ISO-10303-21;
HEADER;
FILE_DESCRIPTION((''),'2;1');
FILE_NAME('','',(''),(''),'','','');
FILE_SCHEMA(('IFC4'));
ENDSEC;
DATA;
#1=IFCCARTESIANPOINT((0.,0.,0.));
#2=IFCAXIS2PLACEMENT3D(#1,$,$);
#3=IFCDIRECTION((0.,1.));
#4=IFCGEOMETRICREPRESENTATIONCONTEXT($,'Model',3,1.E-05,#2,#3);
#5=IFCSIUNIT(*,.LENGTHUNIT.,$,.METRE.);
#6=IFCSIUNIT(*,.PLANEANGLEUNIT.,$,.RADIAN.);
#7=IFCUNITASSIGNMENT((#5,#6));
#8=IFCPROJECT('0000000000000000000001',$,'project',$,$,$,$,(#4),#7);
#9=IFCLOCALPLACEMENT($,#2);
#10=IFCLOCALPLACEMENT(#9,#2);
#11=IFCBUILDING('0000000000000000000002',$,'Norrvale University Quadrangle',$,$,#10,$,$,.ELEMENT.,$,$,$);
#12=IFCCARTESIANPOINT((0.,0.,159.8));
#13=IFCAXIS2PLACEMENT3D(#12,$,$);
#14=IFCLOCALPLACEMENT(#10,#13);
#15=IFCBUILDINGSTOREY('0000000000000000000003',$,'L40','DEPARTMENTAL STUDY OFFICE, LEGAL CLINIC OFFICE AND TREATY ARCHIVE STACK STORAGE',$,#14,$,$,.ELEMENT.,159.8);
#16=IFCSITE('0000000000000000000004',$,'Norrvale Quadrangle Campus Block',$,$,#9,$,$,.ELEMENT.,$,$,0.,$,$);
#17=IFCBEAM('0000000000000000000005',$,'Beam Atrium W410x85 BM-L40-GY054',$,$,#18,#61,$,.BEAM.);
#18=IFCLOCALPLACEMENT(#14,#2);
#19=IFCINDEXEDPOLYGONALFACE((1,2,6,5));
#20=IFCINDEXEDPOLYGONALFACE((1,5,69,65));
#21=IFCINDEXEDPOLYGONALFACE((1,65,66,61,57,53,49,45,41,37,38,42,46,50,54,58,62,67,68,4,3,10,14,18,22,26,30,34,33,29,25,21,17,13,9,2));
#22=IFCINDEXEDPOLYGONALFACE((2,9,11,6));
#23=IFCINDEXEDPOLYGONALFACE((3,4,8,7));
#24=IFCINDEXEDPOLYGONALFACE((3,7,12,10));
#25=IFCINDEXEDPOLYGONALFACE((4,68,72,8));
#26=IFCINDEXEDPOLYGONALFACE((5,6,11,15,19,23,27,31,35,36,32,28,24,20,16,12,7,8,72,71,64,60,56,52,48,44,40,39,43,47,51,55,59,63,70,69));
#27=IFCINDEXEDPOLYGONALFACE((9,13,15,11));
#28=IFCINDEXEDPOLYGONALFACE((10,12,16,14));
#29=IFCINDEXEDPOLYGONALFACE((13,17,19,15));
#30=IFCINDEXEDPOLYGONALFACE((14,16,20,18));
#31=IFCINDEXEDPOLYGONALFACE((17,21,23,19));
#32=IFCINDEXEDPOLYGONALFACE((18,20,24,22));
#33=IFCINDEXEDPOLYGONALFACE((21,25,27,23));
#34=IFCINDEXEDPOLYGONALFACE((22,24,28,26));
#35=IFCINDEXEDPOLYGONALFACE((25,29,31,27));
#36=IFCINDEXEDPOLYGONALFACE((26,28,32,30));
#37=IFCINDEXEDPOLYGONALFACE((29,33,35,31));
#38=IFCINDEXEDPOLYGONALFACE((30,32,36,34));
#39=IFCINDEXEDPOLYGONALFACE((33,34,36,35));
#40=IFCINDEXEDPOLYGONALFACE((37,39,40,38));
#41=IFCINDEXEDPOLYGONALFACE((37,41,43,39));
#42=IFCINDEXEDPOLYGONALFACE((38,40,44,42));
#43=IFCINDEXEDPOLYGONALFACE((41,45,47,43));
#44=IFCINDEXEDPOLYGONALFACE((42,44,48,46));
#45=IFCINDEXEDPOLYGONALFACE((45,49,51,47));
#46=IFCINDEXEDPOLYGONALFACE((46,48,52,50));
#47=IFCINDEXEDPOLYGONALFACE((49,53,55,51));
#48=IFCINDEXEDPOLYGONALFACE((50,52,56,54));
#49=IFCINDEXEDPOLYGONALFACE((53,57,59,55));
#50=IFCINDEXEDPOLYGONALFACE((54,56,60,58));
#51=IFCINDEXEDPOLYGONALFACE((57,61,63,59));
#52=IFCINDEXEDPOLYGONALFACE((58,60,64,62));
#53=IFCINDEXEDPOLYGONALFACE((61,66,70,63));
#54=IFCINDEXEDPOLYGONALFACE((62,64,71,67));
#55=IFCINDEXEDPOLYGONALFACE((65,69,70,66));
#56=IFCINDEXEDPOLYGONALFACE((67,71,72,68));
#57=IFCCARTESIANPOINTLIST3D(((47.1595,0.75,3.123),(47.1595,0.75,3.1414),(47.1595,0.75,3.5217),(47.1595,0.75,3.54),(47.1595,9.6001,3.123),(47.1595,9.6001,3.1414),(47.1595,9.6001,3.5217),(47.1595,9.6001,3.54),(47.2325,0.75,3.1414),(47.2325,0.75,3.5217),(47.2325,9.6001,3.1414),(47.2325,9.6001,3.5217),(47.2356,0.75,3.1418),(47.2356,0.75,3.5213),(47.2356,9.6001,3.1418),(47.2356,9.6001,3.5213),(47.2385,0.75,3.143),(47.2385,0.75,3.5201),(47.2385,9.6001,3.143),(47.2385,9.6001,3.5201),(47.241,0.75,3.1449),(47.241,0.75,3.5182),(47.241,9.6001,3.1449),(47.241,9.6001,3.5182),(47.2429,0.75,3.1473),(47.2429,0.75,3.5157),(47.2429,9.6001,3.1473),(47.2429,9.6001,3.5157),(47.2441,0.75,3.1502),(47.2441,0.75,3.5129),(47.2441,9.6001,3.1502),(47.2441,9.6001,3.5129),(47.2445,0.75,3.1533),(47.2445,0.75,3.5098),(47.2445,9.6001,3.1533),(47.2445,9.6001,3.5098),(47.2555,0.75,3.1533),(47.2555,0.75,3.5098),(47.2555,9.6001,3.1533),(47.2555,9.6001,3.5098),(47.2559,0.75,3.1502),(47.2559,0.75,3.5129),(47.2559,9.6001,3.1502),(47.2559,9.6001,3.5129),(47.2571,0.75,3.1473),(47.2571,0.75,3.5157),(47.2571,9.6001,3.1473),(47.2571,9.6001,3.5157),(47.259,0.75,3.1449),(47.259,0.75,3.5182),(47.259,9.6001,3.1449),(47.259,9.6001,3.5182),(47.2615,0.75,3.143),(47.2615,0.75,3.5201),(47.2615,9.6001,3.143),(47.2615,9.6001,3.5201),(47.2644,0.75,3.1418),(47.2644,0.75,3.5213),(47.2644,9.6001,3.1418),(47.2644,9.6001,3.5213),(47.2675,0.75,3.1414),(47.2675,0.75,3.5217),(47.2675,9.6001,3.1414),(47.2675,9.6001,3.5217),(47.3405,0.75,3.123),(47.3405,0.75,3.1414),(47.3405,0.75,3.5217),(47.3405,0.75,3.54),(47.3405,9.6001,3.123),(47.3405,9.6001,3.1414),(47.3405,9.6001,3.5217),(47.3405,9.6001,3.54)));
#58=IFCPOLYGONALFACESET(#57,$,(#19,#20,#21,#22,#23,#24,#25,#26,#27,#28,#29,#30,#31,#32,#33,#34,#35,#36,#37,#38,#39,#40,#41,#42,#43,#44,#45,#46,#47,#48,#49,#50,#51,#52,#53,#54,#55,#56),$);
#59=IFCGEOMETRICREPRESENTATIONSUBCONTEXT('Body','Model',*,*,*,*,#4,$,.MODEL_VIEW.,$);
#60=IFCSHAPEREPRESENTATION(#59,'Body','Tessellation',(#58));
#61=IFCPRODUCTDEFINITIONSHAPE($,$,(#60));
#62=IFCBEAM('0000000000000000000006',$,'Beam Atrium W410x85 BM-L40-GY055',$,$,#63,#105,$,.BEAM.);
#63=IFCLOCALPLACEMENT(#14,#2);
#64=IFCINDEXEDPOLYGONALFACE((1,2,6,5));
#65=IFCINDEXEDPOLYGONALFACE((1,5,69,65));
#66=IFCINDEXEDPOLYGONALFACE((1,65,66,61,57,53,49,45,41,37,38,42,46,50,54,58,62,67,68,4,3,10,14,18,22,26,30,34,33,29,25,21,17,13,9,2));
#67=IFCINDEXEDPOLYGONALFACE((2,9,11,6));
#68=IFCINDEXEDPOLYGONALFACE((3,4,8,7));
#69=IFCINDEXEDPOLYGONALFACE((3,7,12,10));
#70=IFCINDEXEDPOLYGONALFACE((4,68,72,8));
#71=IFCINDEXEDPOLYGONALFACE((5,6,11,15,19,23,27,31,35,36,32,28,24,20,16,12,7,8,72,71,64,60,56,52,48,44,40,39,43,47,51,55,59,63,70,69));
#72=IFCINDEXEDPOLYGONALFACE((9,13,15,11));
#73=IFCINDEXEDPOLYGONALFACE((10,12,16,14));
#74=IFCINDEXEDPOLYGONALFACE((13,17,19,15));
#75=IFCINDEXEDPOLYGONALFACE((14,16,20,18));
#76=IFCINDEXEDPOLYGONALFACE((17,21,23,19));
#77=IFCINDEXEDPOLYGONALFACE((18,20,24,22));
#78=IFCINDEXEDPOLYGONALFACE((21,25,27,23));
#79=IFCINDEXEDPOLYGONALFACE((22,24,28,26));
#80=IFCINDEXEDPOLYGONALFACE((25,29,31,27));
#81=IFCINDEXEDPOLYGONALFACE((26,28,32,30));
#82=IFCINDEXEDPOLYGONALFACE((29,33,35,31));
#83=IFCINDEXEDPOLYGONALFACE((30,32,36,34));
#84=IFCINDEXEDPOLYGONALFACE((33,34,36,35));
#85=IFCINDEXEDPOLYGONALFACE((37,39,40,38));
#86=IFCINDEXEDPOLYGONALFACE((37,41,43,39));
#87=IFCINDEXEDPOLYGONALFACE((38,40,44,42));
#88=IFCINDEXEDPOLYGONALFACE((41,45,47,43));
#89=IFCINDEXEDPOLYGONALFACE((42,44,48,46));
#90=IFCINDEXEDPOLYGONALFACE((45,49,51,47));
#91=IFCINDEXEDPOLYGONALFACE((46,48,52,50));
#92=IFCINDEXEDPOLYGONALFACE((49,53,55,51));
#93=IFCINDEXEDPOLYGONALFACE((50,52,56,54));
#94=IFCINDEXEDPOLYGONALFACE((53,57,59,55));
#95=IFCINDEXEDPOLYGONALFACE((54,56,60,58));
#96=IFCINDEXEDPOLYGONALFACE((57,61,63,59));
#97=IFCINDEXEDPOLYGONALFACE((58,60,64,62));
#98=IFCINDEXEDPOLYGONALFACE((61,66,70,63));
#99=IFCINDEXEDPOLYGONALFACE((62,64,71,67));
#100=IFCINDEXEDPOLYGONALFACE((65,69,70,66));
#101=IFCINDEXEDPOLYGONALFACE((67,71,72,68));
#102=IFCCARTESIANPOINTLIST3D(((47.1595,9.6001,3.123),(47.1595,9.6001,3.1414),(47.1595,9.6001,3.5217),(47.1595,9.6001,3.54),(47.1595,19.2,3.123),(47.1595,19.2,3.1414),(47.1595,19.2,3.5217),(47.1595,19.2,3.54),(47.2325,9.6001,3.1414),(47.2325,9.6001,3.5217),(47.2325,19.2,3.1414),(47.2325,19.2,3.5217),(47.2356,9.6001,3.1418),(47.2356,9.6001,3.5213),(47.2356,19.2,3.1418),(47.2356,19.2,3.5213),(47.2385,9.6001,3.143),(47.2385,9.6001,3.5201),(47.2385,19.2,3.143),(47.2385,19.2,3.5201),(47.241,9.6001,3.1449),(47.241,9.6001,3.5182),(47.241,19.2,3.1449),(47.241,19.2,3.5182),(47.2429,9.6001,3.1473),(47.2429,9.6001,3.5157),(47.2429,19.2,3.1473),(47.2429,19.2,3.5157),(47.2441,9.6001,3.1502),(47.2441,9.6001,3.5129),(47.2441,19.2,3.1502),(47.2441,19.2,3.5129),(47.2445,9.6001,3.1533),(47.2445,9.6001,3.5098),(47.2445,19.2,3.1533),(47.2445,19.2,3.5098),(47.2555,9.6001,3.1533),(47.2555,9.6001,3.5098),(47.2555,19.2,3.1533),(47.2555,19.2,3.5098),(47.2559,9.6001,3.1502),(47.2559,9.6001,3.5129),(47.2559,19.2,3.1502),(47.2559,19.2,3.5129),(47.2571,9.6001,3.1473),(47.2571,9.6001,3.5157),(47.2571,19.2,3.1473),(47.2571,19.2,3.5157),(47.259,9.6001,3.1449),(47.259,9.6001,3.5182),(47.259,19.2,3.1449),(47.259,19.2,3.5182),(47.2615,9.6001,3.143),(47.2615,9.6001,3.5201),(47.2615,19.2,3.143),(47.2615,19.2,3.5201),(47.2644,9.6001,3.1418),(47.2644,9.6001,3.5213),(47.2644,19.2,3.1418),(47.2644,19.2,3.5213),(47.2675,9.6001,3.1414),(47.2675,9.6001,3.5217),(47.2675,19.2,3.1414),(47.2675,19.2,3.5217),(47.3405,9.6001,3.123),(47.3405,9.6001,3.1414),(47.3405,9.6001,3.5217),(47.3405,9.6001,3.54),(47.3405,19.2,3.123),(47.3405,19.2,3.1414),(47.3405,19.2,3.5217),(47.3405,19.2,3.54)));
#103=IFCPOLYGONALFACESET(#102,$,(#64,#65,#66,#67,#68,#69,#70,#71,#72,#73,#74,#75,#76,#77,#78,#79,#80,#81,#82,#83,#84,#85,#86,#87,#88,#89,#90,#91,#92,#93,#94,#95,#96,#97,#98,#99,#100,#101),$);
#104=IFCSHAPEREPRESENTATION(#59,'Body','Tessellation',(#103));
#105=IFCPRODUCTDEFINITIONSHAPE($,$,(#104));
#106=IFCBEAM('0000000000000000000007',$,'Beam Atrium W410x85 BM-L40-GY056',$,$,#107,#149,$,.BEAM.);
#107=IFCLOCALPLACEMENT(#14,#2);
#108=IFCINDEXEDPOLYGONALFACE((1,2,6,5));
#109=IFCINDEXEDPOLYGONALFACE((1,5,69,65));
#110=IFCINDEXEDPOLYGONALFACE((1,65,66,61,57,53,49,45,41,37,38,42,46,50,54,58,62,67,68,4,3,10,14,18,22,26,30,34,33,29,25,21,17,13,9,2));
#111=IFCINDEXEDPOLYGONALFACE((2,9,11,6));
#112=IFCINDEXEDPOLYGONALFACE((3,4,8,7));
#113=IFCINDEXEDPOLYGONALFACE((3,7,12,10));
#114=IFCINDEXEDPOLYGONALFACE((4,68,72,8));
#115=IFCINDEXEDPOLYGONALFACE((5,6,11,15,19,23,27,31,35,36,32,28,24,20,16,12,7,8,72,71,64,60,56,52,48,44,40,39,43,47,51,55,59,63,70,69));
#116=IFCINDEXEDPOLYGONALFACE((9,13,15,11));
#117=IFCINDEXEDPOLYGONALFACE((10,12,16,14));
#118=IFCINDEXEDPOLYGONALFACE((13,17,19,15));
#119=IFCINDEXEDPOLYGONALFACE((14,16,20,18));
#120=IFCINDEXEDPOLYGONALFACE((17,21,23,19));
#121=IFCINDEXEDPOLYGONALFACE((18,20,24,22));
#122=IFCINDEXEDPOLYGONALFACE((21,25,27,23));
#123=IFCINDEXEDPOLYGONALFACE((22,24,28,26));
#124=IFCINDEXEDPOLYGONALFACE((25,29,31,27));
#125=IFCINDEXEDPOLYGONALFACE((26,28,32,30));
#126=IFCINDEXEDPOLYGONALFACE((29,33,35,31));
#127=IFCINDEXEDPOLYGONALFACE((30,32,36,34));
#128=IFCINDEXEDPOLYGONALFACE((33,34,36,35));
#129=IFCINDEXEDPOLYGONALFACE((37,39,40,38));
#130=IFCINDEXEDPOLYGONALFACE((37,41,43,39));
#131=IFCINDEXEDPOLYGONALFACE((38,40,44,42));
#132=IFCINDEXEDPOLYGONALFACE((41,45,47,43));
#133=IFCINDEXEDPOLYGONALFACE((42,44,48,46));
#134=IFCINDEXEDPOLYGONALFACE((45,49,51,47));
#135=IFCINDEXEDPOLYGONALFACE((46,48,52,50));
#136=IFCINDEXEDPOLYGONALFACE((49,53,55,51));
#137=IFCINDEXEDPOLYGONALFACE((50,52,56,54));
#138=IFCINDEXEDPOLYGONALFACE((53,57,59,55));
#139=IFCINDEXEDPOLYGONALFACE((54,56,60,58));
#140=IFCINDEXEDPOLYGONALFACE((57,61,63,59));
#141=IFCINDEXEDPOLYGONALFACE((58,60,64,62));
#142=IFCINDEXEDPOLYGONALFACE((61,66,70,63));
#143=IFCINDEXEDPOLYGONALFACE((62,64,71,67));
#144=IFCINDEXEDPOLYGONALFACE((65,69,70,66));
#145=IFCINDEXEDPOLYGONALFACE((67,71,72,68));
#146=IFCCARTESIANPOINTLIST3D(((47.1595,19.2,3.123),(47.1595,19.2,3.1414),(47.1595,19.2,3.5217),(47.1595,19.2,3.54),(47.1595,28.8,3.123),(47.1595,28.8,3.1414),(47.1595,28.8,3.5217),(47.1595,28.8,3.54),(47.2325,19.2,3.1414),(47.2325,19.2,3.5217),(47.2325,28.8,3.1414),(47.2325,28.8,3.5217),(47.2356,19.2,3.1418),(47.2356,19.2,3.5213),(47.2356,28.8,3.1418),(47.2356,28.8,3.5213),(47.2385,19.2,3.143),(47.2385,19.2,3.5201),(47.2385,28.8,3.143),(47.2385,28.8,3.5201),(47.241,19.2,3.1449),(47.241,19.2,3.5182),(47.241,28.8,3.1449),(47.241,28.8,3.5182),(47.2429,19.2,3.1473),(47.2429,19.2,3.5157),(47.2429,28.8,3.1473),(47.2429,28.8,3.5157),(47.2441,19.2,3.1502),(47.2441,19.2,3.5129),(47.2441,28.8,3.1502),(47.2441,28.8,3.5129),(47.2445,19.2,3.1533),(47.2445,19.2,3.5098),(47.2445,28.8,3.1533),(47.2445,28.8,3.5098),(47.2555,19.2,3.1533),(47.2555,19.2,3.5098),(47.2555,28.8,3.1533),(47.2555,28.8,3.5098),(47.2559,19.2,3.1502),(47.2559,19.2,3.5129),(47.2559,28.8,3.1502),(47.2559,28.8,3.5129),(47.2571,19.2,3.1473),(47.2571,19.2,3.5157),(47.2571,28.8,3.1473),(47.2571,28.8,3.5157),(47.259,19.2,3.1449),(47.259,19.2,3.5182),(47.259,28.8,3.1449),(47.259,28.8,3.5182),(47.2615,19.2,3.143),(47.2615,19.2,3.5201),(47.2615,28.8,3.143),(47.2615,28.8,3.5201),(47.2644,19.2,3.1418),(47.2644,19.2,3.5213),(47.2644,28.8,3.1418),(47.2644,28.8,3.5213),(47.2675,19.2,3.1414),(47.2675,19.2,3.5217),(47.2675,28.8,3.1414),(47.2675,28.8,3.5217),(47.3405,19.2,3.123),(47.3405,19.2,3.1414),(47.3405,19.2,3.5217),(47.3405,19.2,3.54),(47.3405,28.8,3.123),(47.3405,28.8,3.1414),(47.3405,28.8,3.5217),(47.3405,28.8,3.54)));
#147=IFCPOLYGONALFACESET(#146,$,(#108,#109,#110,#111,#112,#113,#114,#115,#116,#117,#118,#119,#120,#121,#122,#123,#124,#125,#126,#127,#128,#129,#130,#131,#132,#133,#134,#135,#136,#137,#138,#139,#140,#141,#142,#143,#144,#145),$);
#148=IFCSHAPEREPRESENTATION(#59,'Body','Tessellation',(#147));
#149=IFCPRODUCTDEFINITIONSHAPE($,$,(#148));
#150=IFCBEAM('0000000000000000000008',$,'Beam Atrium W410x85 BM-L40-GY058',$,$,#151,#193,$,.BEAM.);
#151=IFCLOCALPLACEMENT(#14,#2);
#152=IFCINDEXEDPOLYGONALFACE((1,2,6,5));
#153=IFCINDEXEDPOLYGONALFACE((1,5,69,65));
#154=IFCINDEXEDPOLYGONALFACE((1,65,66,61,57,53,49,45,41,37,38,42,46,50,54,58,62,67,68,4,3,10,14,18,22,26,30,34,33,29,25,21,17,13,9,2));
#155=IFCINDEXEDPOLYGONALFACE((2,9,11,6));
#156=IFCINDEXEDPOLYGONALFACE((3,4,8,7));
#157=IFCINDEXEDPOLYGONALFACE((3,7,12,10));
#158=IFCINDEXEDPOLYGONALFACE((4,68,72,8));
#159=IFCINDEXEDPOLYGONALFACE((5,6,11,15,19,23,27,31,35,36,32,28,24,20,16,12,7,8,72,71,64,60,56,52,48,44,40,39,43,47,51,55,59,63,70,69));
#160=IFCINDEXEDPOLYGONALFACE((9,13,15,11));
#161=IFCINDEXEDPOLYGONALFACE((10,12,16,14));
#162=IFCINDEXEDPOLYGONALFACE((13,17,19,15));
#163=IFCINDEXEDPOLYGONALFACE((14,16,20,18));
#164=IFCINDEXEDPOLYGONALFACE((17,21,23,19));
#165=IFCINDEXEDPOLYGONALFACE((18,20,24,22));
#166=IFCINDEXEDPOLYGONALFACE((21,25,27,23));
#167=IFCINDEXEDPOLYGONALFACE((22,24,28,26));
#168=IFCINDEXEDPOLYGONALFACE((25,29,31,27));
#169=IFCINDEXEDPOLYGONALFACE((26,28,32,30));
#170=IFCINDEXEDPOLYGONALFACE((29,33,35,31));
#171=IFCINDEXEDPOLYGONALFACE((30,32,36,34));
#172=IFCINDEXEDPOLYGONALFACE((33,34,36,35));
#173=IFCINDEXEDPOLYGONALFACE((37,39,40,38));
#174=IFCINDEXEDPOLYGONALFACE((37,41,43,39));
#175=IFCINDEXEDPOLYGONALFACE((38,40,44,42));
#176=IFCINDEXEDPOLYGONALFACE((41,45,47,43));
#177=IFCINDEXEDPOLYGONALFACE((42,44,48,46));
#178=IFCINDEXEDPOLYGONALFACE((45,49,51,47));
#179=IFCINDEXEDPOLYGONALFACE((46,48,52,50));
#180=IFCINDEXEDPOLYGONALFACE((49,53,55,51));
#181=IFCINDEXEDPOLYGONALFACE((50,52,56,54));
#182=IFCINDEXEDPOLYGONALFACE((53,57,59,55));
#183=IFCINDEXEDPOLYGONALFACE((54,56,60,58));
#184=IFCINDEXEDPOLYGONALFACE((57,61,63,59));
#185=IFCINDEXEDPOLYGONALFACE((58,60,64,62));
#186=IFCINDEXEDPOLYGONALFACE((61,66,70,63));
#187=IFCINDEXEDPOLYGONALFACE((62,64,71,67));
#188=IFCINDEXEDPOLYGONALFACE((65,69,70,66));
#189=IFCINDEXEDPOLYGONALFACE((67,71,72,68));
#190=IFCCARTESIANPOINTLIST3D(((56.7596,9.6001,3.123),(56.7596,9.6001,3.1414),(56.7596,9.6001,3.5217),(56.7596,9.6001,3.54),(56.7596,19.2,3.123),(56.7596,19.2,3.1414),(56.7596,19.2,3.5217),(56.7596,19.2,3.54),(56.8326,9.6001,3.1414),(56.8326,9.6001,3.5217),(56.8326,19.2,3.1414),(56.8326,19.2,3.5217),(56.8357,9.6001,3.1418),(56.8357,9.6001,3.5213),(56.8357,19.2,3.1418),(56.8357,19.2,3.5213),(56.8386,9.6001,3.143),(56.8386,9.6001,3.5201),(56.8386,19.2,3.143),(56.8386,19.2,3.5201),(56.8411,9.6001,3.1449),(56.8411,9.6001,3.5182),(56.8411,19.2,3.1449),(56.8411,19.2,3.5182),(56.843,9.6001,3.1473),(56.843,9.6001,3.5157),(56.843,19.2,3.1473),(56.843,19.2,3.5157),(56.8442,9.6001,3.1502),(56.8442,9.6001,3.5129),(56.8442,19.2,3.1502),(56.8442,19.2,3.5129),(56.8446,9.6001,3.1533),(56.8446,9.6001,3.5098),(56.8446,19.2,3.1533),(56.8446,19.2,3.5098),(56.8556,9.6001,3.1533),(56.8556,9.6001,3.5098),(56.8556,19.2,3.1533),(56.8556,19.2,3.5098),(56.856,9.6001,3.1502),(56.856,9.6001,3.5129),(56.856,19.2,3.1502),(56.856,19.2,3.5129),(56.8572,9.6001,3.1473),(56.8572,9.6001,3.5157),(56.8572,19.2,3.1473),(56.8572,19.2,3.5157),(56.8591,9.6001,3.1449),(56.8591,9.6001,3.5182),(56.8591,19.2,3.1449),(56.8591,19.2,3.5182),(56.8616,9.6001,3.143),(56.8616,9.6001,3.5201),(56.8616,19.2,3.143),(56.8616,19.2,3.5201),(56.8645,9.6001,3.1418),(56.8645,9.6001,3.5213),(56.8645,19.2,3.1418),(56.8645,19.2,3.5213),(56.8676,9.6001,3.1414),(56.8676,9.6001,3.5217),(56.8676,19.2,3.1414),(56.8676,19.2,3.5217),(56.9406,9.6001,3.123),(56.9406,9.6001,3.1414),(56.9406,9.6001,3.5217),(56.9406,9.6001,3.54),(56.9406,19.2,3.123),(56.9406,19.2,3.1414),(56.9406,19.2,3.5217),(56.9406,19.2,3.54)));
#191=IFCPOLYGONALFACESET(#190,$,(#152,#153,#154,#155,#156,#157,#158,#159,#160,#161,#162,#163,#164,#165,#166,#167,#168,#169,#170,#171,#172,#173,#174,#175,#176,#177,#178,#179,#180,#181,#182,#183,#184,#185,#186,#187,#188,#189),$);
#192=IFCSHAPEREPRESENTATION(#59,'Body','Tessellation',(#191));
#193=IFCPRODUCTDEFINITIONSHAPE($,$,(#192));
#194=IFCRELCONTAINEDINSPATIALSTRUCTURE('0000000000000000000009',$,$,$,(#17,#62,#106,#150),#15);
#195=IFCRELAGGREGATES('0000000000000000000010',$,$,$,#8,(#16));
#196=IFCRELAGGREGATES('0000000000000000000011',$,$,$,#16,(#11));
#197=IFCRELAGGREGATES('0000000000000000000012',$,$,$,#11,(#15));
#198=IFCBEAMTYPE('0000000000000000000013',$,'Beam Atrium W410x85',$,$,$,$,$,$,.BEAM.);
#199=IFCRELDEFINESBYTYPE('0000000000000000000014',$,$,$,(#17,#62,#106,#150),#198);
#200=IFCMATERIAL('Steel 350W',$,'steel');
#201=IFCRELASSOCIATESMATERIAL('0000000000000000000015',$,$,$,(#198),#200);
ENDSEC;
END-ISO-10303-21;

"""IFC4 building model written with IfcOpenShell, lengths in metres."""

from ifc_helpers import new_model, si_unit, direction, frame, origin, origin_2d, place, context, subcontext, project, spatial, i_section, extrude, material, material_profile, profile_set, type_object, element, save


model = new_model("IFC4")

# Units and contexts
model_context = context("Model", 3, precision=1e-05, world=origin(), true_north=direction((0.0, 1.0)))
body_context = subcontext(model_context, "Body", "Model", "MODEL_VIEW")
ifc_project = project(units=[si_unit("LENGTHUNIT", "METRE"), si_unit("PLANEANGLEUNIT", "RADIAN")], contexts=[model_context])

# Site, building, storey
site_placement = place(None, origin())
site = spatial("IfcSite", under=ifc_project, at=site_placement, Name="Norrvale Quadrangle Campus Block", CompositionType="ELEMENT", RefElevation=0.0)
building_placement = place(site_placement, origin())
building = spatial("IfcBuilding", under=site, at=building_placement, Name="Norrvale University Quadrangle", CompositionType="ELEMENT")
storey_placement = place(building_placement, frame((0.0, 0.0, 159.8)))
storey = spatial("IfcBuildingStorey", under=building, at=storey_placement, Name="L40", Description="DEPARTMENTAL STUDY OFFICE, LEGAL CLINIC OFFICE AND TREATY ARCHIVE STACK STORAGE", CompositionType="ELEMENT", Elevation=159.8)

# Beams
ifc_material_1 = material(Name="Steel 350W", Category="steel")
ifc_material_profile_1 = material_profile(ifc_material_1, i_section(OverallWidth=0.1809, OverallDepth=0.417, WebThickness=0.011, FlangeThickness=0.0183, FilletRadius=0.012, at=origin_2d()), Name="Steel 350W")
ifc_profile_set_1 = profile_set([ifc_material_profile_1], Name="Steel 350W")
beam_type_1 = type_object("IfcBeamType", Name="Beam Atrium W410x85", PredefinedType="BEAM", material=ifc_profile_set_1)
beam_1_placement = place(storey_placement, frame((47.25, 0.75, 3.3315), z_axis=(0.0, 1.0, 0.0), x_axis=(-1.0, 0.0, 0.0)))
element("IfcBeam", 1, at=beam_1_placement, inside=storey, type_object=beam_type_1, Name="Beam Atrium W410x85 BM-L40-GY054", PredefinedType="BEAM", context=body_context, shape_type="SweptSolid", body=[
    extrude(i_section(OverallWidth=0.1809, OverallDepth=0.417, WebThickness=0.011, FlangeThickness=0.0183, FilletRadius=0.012, at=origin_2d()), origin(), (0.0, 0.0, 1.0), 8.8501),
])
beam_2_placement = place(storey_placement, frame((47.25, 9.6001, 3.3315), z_axis=(0.0, 1.0, 0.0), x_axis=(-1.0, 0.0, 0.0)))
element("IfcBeam", 2, at=beam_2_placement, inside=storey, type_object=beam_type_1, Name="Beam Atrium W410x85 BM-L40-GY055", PredefinedType="BEAM", context=body_context, shape_type="SweptSolid", body=[
    extrude(i_section(OverallWidth=0.1809, OverallDepth=0.417, WebThickness=0.011, FlangeThickness=0.0183, FilletRadius=0.012, at=origin_2d()), origin(), (0.0, 0.0, 1.0), 9.5999),
])
beam_3_placement = place(storey_placement, frame((47.25, 19.2, 3.3315), z_axis=(0.0, 1.0, 0.0), x_axis=(-1.0, 0.0, 0.0)))
element("IfcBeam", 3, at=beam_3_placement, inside=storey, type_object=beam_type_1, Name="Beam Atrium W410x85 BM-L40-GY056", PredefinedType="BEAM", context=body_context, shape_type="SweptSolid", body=[
    extrude(i_section(OverallWidth=0.1809, OverallDepth=0.417, WebThickness=0.011, FlangeThickness=0.0183, FilletRadius=0.012, at=origin_2d()), origin(), (0.0, 0.0, 1.0), 9.6001),
])
beam_4_placement = place(storey_placement, frame((56.8501, 9.6001, 3.3315), z_axis=(0.0, 1.0, 0.0), x_axis=(-1.0, 0.0, 0.0)))
element("IfcBeam", 4, at=beam_4_placement, inside=storey, type_object=beam_type_1, Name="Beam Atrium W410x85 BM-L40-GY058", PredefinedType="BEAM", context=body_context, shape_type="SweptSolid", body=[
    extrude(i_section(OverallWidth=0.1809, OverallDepth=0.417, WebThickness=0.011, FlangeThickness=0.0183, FilletRadius=0.012, at=origin_2d()), origin(), (0.0, 0.0, 1.0), 9.5999),
])

save(model, "model.ifc")
